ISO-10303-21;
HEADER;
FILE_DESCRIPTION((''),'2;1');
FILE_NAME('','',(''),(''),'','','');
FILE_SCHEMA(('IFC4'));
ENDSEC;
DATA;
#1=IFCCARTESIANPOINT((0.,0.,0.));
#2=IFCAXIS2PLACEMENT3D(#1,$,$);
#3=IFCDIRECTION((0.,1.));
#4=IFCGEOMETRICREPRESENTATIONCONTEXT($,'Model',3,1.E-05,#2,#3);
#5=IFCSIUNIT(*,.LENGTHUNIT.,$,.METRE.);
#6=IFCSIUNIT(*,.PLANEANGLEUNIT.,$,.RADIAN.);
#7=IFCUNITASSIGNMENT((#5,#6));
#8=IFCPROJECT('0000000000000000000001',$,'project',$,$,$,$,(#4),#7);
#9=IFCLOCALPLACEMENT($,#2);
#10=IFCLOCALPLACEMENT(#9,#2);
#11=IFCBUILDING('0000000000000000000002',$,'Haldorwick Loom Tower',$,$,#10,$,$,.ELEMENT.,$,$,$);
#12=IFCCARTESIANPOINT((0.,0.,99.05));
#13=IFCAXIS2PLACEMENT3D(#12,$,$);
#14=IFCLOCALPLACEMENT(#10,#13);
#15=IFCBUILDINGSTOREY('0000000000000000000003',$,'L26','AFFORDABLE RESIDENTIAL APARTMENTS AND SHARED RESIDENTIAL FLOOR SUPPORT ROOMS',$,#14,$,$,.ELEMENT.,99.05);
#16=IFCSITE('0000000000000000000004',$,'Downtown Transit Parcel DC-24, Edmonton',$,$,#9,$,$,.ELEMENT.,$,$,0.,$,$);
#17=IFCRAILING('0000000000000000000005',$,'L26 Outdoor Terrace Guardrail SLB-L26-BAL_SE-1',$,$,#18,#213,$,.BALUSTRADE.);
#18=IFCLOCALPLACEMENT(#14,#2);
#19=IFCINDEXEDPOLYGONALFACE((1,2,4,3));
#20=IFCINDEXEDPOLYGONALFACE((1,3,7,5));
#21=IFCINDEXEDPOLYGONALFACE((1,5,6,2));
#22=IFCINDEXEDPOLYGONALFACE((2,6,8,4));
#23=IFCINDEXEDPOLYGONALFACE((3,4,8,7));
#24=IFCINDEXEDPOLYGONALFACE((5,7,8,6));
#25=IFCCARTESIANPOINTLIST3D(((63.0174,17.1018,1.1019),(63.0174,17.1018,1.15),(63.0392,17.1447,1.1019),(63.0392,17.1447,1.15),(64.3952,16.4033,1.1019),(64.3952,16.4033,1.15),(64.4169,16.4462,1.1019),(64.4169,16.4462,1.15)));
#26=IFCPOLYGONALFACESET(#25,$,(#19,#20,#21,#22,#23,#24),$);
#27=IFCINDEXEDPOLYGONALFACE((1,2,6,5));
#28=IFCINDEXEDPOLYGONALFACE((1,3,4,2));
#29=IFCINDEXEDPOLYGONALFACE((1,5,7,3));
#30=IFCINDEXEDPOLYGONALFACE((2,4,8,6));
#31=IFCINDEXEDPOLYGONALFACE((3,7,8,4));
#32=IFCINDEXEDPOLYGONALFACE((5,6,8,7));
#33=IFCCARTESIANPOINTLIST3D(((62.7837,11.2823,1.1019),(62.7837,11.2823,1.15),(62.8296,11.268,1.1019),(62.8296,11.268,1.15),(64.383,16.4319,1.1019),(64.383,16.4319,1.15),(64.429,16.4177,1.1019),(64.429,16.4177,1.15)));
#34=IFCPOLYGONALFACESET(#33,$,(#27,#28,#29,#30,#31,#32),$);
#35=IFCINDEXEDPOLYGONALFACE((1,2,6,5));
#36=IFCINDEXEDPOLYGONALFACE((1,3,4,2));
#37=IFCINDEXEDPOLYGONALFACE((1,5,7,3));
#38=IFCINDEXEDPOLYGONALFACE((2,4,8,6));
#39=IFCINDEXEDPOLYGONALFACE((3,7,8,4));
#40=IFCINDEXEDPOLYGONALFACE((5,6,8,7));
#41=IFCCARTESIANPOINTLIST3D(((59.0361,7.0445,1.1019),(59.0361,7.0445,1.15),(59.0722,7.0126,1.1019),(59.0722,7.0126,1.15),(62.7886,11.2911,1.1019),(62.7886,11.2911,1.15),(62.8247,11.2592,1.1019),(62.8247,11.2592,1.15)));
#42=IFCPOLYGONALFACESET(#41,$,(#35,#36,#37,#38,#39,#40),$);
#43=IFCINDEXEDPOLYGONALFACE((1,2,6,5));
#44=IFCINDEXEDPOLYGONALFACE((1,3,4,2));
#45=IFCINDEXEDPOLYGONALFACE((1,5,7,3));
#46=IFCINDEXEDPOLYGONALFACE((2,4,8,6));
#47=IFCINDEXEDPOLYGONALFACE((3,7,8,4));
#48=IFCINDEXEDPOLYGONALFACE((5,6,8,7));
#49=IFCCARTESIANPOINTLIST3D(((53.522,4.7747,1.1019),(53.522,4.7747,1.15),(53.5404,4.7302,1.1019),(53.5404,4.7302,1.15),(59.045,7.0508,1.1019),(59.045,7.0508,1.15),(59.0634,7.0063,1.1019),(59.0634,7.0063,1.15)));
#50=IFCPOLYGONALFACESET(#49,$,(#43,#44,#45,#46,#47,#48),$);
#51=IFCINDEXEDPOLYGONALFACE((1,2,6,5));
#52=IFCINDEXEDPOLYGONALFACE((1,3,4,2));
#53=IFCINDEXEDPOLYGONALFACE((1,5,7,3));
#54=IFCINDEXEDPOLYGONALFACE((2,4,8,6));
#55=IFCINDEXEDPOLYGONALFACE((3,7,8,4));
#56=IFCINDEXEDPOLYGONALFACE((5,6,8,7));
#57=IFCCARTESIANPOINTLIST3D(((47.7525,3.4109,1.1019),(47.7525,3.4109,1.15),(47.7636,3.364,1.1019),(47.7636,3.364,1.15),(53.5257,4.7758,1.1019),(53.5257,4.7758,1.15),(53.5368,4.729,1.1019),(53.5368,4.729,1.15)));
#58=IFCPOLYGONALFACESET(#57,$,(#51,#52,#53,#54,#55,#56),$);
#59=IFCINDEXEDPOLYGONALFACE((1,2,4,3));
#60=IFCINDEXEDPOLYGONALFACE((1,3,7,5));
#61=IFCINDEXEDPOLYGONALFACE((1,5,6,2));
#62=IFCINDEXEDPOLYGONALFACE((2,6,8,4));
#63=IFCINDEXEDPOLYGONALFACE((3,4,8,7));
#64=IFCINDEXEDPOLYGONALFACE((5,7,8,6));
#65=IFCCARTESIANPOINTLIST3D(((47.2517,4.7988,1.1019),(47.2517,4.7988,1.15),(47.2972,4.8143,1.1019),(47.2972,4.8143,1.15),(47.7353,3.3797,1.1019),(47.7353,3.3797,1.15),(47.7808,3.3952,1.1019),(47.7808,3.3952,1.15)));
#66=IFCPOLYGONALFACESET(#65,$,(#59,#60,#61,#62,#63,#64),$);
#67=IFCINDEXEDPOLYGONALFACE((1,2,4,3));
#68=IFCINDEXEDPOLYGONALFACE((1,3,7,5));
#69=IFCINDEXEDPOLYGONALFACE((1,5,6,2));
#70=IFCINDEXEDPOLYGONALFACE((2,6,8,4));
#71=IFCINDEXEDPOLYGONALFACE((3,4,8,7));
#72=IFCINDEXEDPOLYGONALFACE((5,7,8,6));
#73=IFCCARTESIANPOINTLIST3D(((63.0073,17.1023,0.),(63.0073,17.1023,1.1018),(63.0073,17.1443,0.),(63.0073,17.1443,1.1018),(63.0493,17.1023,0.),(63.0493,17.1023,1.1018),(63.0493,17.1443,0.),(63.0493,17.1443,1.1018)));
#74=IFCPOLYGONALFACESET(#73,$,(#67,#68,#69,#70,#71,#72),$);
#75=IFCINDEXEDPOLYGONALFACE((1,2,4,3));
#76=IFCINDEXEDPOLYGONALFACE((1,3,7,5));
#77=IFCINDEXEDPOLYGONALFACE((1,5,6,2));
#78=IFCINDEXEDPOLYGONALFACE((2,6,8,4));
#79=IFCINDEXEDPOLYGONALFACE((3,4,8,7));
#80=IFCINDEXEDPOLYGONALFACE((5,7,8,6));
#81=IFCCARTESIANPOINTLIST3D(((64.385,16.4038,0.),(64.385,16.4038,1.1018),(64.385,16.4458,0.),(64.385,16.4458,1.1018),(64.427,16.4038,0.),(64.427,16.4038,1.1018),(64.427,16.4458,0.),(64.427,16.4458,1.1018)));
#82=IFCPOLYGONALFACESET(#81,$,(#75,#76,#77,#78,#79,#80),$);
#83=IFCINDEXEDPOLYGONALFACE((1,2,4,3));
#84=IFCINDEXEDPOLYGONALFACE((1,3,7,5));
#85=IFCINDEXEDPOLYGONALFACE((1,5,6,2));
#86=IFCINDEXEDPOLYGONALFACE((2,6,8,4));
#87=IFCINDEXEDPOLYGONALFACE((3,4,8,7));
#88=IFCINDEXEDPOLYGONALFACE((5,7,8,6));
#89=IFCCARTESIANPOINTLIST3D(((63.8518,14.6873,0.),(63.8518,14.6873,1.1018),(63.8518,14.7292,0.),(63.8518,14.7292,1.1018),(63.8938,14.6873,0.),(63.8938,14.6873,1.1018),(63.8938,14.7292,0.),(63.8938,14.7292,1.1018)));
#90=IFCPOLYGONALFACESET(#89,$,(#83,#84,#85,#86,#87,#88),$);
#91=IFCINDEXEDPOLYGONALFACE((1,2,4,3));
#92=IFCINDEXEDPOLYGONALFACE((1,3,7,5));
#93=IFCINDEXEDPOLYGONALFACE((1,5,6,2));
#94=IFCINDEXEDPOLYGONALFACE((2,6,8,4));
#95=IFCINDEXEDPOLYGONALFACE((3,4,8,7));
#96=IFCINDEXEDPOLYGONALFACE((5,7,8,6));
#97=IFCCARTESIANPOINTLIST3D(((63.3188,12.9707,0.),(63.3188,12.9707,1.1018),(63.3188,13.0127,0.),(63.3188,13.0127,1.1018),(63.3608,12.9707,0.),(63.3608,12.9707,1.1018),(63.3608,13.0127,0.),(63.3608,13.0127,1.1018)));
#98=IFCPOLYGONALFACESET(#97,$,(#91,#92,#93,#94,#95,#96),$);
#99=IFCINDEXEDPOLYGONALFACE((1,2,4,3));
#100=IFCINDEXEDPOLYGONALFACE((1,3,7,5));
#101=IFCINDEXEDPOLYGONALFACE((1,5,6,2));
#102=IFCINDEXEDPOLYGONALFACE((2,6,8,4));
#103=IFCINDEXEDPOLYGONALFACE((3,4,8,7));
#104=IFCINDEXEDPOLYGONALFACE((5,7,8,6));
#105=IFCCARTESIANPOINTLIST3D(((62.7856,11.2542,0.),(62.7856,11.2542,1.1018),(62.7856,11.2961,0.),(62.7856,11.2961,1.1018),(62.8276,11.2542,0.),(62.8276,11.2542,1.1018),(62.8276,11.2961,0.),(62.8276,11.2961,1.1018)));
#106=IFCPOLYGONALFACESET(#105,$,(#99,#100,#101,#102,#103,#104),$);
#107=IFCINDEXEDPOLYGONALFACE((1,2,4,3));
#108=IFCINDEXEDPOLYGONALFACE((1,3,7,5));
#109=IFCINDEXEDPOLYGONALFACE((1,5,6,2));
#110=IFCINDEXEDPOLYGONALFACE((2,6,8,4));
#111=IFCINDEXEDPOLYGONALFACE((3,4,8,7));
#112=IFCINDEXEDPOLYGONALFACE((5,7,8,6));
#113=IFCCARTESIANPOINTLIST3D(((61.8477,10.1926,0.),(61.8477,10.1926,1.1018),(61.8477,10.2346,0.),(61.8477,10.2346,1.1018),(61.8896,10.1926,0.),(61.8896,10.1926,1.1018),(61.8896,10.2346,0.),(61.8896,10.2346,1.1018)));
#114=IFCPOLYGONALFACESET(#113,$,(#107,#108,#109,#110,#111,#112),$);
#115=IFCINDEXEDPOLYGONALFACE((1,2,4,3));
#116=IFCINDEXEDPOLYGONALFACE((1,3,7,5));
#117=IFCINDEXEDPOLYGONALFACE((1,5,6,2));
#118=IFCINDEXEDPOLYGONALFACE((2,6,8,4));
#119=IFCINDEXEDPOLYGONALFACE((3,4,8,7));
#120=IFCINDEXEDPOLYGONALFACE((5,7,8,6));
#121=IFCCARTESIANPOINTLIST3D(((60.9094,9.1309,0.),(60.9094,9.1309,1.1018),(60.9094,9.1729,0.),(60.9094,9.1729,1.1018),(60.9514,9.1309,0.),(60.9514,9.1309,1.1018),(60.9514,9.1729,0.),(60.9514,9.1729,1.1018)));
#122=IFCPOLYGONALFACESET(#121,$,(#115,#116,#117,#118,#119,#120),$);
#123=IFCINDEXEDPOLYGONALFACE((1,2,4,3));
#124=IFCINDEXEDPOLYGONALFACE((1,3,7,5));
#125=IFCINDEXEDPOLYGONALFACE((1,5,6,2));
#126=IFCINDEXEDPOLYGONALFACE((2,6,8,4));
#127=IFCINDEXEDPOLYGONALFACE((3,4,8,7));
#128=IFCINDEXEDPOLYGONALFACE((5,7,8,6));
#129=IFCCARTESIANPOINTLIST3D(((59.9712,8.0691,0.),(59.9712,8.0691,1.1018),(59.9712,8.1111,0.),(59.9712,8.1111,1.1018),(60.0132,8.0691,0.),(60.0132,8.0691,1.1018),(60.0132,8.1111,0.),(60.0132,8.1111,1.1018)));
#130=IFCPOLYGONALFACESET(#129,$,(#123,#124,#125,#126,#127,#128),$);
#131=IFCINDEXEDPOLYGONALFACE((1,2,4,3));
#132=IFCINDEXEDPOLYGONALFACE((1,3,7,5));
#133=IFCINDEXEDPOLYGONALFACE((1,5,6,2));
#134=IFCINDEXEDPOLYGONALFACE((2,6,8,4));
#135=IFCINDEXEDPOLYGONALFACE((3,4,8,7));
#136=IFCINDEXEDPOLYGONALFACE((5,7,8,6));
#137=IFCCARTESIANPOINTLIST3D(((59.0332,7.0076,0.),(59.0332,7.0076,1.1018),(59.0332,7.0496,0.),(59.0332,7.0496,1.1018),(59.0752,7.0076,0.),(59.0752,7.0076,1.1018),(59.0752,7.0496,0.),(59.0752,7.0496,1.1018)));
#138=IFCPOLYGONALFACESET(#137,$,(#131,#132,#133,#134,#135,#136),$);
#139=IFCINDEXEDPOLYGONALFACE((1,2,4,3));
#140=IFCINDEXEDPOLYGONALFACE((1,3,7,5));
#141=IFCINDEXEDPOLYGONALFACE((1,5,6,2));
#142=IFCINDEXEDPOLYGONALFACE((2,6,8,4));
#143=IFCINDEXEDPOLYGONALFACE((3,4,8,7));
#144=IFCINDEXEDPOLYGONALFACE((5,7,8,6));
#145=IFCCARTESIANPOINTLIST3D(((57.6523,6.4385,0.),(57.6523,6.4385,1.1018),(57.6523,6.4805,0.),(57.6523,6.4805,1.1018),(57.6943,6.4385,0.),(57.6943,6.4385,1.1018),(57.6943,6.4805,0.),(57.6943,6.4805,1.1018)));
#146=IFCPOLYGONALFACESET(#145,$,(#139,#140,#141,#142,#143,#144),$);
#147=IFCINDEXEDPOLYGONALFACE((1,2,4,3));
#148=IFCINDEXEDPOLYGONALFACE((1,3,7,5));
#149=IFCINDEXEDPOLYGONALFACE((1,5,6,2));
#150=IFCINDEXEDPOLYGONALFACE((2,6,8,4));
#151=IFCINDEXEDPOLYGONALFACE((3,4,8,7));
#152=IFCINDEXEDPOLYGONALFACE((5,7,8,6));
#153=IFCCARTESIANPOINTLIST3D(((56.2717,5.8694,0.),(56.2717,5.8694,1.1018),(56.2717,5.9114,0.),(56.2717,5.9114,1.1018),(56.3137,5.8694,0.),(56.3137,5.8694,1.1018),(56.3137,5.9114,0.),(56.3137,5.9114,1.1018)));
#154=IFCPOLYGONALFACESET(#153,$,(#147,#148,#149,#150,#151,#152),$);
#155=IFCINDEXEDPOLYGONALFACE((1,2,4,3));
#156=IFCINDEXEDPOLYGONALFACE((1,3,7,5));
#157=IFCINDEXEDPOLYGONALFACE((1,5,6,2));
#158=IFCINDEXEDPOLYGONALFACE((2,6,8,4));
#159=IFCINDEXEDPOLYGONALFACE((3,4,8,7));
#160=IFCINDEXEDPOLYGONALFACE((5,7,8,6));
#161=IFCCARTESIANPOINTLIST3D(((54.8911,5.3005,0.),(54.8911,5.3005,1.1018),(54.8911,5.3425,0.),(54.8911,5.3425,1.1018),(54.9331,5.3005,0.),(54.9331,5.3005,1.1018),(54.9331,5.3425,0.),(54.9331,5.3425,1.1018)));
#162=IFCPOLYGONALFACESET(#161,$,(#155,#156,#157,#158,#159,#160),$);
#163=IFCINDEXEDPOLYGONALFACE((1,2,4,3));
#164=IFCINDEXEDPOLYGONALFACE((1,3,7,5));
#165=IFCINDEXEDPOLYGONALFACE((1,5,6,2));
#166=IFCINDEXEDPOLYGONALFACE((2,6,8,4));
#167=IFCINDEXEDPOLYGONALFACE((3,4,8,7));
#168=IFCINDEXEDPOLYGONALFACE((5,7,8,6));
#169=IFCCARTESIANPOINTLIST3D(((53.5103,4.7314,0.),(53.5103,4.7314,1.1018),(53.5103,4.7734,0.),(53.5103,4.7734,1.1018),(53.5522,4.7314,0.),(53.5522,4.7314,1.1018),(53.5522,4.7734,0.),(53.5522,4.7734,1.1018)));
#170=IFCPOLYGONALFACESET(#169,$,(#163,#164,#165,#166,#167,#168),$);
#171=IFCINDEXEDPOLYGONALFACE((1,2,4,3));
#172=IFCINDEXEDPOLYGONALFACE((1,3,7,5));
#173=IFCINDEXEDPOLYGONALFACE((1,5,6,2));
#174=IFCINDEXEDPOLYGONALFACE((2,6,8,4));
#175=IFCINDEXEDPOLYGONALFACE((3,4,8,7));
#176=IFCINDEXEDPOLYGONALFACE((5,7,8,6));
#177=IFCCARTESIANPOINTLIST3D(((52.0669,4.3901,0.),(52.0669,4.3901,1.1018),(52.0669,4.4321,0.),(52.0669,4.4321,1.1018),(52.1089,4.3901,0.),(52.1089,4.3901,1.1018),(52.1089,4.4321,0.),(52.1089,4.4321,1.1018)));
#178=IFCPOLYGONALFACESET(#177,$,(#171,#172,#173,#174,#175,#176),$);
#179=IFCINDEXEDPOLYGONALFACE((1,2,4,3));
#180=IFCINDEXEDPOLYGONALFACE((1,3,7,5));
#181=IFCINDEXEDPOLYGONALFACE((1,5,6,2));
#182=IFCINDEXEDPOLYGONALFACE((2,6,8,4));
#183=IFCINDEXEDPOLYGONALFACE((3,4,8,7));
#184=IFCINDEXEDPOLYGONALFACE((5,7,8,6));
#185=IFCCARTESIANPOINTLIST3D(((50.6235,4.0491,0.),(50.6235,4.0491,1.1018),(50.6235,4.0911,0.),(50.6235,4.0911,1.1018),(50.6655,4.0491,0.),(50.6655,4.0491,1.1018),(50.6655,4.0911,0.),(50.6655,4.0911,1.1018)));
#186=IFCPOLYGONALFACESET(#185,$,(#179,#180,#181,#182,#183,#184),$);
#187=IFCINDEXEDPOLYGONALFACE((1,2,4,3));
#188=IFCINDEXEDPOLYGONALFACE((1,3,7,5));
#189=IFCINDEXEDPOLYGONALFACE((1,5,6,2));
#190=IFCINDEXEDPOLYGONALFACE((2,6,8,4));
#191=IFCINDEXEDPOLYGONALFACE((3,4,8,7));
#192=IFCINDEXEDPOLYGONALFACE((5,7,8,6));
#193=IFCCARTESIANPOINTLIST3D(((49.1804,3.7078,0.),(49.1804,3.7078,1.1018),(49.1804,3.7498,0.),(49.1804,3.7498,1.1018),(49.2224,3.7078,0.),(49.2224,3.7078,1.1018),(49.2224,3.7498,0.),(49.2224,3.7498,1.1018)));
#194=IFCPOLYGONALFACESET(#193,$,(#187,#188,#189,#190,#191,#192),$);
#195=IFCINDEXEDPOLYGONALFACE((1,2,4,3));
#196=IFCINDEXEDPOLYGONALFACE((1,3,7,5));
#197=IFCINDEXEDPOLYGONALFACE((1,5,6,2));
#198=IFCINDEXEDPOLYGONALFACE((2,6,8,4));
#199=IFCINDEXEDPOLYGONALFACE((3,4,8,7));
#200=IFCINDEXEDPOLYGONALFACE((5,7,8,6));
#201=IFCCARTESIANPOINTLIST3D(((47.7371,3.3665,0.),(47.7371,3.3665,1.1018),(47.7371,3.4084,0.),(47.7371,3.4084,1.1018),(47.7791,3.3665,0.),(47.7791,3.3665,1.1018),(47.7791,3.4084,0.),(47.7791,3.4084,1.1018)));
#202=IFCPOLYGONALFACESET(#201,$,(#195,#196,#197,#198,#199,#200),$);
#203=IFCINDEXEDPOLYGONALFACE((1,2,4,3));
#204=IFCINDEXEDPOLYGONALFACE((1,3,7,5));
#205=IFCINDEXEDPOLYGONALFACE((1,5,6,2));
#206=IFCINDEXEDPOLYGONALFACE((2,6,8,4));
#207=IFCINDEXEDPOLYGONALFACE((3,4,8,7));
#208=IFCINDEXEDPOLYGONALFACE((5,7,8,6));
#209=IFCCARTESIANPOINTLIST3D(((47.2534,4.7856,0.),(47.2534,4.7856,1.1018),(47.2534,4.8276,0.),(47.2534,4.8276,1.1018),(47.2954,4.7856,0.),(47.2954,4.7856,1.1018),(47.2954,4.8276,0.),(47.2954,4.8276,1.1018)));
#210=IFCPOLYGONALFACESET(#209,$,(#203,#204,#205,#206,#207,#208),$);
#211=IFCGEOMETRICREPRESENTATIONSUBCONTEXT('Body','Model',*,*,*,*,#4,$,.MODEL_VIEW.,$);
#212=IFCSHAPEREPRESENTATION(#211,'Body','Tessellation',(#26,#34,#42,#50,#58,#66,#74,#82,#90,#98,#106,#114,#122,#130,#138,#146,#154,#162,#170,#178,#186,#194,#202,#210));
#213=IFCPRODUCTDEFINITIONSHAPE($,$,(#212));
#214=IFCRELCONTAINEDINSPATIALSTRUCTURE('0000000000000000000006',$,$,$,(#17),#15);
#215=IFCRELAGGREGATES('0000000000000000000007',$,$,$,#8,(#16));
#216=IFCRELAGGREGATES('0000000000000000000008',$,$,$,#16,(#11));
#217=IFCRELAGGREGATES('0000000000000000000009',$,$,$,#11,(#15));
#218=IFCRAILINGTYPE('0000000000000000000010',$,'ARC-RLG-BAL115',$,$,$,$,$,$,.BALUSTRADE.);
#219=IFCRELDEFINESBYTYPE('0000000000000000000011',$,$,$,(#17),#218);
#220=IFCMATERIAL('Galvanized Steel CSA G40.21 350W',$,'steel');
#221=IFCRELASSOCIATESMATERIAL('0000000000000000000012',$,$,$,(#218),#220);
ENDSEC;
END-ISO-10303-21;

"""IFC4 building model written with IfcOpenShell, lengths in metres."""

from ifc_helpers import new_model, si_unit, direction, frame, origin, origin_2d, place, context, subcontext, project, spatial, rectangle, extrude, material, type_object, element, save


model = new_model("IFC4")

# Units and contexts
model_context = context("Model", 3, precision=1e-05, world=origin(), true_north=direction((0.0, 1.0)))
body_context = subcontext(model_context, "Body", "Model", "MODEL_VIEW")
ifc_project = project(units=[si_unit("LENGTHUNIT", "METRE"), si_unit("PLANEANGLEUNIT", "RADIAN")], contexts=[model_context])

# Site, building, storey
site_placement = place(None, origin())
site = spatial("IfcSite", under=ifc_project, at=site_placement, Name="Downtown Transit Parcel DC-24, Edmonton", CompositionType="ELEMENT", RefElevation=0.0)
building_placement = place(site_placement, origin())
building = spatial("IfcBuilding", under=site, at=building_placement, Name="Haldorwick Loom Tower", CompositionType="ELEMENT")
storey_placement = place(building_placement, frame((0.0, 0.0, 99.05)))
storey = spatial("IfcBuildingStorey", under=building, at=storey_placement, Name="L26", Description="AFFORDABLE RESIDENTIAL APARTMENTS AND SHARED RESIDENTIAL FLOOR SUPPORT ROOMS", CompositionType="ELEMENT", Elevation=99.05)

# Railing
ifc_material_1 = material(Name="Galvanized Steel CSA G40.21 350W", Category="steel")
railing_type = type_object("IfcRailingType", Name="ARC-RLG-BAL115", PredefinedType="BALUSTRADE", material=ifc_material_1)
railing_placement = place(storey_placement, frame((63.0283, 17.1233, 0.0)))
element("IfcRailing", 1, at=railing_placement, inside=storey, type_object=railing_type, Name="L26 Outdoor Terrace Guardrail SLB-L26-BAL_SE-1", PredefinedType="BALUSTRADE", context=body_context, shape_type="SweptSolid", body=[
    extrude(rectangle(XDim=0.0481, YDim=0.0481, at=origin_2d()), frame((0.0, 0.0, 1.126), z_axis=(0.891916, -0.452201, 0.0), x_axis=(0.452201, 0.891916, 0.0)), (0.0, 0.0, 1.0), 1.5447),
    extrude(rectangle(XDim=0.0481, YDim=0.0481, at=origin_2d()), frame((1.3777, -0.6985, 1.126), z_axis=(-0.296601, -0.955001, 0.0), x_axis=(0.955001, -0.296601, 0.0)), (0.0, 0.0, 1.0), 5.3923),
    extrude(rectangle(XDim=0.0481, YDim=0.0481, at=origin_2d()), frame((-0.2217, -5.8481, 1.126), z_axis=(-0.662163, -0.74936, 0.0), x_axis=(0.74936, -0.662163, 0.0)), (0.0, 0.0, 1.0), 5.667),
    extrude(rectangle(XDim=0.0481, YDim=0.0481, at=origin_2d()), frame((-3.9741, -10.0947, 1.126), z_axis=(-0.924562, -0.381031, 0.0), x_axis=(0.381031, -0.924562, 0.0)), (0.0, 0.0, 1.0), 5.9736),
    extrude(rectangle(XDim=0.0481, YDim=0.0481, at=origin_2d()), frame((-9.4971, -12.3708, 1.126), z_axis=(-0.973169, -0.230092, 0.0), x_axis=(0.230092, -0.973169, 0.0)), (0.0, 0.0, 1.0), 5.9324),
    extrude(rectangle(XDim=0.0481, YDim=0.0481, at=origin_2d()), frame((-15.2703, -13.7358, 1.126), z_axis=(-0.322571, 0.946545, 0.0), x_axis=(-0.946545, -0.322571, 0.0)), (0.0, 0.0, 1.0), 1.4993),
    extrude(rectangle(XDim=0.042, YDim=0.042, at=origin_2d()), origin(), (0.0, 0.0, 1.0), 1.1018),
    extrude(rectangle(XDim=0.042, YDim=0.042, at=origin_2d()), frame((1.3777, -0.6985, 0.0)), (0.0, 0.0, 1.0), 1.1018),
    extrude(rectangle(XDim=0.042, YDim=0.042, at=origin_2d()), frame((0.8445, -2.415, 0.0)), (0.0, 0.0, 1.0), 1.1018),
    extrude(rectangle(XDim=0.042, YDim=0.042, at=origin_2d()), frame((0.3115, -4.1316, 0.0)), (0.0, 0.0, 1.0), 1.1018),
    extrude(rectangle(XDim=0.042, YDim=0.042, at=origin_2d()), frame((-0.2217, -5.8481, 0.0)), (0.0, 0.0, 1.0), 1.1018),
    extrude(rectangle(XDim=0.042, YDim=0.042, at=origin_2d()), frame((-1.1597, -6.9097, 0.0)), (0.0, 0.0, 1.0), 1.1018),
    extrude(rectangle(XDim=0.042, YDim=0.042, at=origin_2d()), frame((-2.0979, -7.9714, 0.0)), (0.0, 0.0, 1.0), 1.1018),
    extrude(rectangle(XDim=0.042, YDim=0.042, at=origin_2d()), frame((-3.0361, -9.0332, 0.0)), (0.0, 0.0, 1.0), 1.1018),
    extrude(rectangle(XDim=0.042, YDim=0.042, at=origin_2d()), frame((-3.9741, -10.0947, 0.0)), (0.0, 0.0, 1.0), 1.1018),
    extrude(rectangle(XDim=0.042, YDim=0.042, at=origin_2d()), frame((-5.355, -10.6638, 0.0)), (0.0, 0.0, 1.0), 1.1018),
    extrude(rectangle(XDim=0.042, YDim=0.042, at=origin_2d()), frame((-6.7356, -11.2329, 0.0)), (0.0, 0.0, 1.0), 1.1018),
    extrude(rectangle(XDim=0.042, YDim=0.042, at=origin_2d()), frame((-8.1162, -11.8018, 0.0)), (0.0, 0.0, 1.0), 1.1018),
    extrude(rectangle(XDim=0.042, YDim=0.042, at=origin_2d()), frame((-9.4971, -12.3708, 0.0)), (0.0, 0.0, 1.0), 1.1018),
    extrude(rectangle(XDim=0.042, YDim=0.042, at=origin_2d()), frame((-10.9404, -12.7122, 0.0)), (0.0, 0.0, 1.0), 1.1018),
    extrude(rectangle(XDim=0.042, YDim=0.042, at=origin_2d()), frame((-12.3838, -13.0532, 0.0)), (0.0, 0.0, 1.0), 1.1018),
    extrude(rectangle(XDim=0.042, YDim=0.042, at=origin_2d()), frame((-13.8269, -13.3945, 0.0)), (0.0, 0.0, 1.0), 1.1018),
    extrude(rectangle(XDim=0.042, YDim=0.042, at=origin_2d()), frame((-15.2703, -13.7358, 0.0)), (0.0, 0.0, 1.0), 1.1018),
    extrude(rectangle(XDim=0.042, YDim=0.042, at=origin_2d()), frame((-15.7539, -12.3167, 0.0)), (0.0, 0.0, 1.0), 1.1018),
])

save(model, "model.ifc")
